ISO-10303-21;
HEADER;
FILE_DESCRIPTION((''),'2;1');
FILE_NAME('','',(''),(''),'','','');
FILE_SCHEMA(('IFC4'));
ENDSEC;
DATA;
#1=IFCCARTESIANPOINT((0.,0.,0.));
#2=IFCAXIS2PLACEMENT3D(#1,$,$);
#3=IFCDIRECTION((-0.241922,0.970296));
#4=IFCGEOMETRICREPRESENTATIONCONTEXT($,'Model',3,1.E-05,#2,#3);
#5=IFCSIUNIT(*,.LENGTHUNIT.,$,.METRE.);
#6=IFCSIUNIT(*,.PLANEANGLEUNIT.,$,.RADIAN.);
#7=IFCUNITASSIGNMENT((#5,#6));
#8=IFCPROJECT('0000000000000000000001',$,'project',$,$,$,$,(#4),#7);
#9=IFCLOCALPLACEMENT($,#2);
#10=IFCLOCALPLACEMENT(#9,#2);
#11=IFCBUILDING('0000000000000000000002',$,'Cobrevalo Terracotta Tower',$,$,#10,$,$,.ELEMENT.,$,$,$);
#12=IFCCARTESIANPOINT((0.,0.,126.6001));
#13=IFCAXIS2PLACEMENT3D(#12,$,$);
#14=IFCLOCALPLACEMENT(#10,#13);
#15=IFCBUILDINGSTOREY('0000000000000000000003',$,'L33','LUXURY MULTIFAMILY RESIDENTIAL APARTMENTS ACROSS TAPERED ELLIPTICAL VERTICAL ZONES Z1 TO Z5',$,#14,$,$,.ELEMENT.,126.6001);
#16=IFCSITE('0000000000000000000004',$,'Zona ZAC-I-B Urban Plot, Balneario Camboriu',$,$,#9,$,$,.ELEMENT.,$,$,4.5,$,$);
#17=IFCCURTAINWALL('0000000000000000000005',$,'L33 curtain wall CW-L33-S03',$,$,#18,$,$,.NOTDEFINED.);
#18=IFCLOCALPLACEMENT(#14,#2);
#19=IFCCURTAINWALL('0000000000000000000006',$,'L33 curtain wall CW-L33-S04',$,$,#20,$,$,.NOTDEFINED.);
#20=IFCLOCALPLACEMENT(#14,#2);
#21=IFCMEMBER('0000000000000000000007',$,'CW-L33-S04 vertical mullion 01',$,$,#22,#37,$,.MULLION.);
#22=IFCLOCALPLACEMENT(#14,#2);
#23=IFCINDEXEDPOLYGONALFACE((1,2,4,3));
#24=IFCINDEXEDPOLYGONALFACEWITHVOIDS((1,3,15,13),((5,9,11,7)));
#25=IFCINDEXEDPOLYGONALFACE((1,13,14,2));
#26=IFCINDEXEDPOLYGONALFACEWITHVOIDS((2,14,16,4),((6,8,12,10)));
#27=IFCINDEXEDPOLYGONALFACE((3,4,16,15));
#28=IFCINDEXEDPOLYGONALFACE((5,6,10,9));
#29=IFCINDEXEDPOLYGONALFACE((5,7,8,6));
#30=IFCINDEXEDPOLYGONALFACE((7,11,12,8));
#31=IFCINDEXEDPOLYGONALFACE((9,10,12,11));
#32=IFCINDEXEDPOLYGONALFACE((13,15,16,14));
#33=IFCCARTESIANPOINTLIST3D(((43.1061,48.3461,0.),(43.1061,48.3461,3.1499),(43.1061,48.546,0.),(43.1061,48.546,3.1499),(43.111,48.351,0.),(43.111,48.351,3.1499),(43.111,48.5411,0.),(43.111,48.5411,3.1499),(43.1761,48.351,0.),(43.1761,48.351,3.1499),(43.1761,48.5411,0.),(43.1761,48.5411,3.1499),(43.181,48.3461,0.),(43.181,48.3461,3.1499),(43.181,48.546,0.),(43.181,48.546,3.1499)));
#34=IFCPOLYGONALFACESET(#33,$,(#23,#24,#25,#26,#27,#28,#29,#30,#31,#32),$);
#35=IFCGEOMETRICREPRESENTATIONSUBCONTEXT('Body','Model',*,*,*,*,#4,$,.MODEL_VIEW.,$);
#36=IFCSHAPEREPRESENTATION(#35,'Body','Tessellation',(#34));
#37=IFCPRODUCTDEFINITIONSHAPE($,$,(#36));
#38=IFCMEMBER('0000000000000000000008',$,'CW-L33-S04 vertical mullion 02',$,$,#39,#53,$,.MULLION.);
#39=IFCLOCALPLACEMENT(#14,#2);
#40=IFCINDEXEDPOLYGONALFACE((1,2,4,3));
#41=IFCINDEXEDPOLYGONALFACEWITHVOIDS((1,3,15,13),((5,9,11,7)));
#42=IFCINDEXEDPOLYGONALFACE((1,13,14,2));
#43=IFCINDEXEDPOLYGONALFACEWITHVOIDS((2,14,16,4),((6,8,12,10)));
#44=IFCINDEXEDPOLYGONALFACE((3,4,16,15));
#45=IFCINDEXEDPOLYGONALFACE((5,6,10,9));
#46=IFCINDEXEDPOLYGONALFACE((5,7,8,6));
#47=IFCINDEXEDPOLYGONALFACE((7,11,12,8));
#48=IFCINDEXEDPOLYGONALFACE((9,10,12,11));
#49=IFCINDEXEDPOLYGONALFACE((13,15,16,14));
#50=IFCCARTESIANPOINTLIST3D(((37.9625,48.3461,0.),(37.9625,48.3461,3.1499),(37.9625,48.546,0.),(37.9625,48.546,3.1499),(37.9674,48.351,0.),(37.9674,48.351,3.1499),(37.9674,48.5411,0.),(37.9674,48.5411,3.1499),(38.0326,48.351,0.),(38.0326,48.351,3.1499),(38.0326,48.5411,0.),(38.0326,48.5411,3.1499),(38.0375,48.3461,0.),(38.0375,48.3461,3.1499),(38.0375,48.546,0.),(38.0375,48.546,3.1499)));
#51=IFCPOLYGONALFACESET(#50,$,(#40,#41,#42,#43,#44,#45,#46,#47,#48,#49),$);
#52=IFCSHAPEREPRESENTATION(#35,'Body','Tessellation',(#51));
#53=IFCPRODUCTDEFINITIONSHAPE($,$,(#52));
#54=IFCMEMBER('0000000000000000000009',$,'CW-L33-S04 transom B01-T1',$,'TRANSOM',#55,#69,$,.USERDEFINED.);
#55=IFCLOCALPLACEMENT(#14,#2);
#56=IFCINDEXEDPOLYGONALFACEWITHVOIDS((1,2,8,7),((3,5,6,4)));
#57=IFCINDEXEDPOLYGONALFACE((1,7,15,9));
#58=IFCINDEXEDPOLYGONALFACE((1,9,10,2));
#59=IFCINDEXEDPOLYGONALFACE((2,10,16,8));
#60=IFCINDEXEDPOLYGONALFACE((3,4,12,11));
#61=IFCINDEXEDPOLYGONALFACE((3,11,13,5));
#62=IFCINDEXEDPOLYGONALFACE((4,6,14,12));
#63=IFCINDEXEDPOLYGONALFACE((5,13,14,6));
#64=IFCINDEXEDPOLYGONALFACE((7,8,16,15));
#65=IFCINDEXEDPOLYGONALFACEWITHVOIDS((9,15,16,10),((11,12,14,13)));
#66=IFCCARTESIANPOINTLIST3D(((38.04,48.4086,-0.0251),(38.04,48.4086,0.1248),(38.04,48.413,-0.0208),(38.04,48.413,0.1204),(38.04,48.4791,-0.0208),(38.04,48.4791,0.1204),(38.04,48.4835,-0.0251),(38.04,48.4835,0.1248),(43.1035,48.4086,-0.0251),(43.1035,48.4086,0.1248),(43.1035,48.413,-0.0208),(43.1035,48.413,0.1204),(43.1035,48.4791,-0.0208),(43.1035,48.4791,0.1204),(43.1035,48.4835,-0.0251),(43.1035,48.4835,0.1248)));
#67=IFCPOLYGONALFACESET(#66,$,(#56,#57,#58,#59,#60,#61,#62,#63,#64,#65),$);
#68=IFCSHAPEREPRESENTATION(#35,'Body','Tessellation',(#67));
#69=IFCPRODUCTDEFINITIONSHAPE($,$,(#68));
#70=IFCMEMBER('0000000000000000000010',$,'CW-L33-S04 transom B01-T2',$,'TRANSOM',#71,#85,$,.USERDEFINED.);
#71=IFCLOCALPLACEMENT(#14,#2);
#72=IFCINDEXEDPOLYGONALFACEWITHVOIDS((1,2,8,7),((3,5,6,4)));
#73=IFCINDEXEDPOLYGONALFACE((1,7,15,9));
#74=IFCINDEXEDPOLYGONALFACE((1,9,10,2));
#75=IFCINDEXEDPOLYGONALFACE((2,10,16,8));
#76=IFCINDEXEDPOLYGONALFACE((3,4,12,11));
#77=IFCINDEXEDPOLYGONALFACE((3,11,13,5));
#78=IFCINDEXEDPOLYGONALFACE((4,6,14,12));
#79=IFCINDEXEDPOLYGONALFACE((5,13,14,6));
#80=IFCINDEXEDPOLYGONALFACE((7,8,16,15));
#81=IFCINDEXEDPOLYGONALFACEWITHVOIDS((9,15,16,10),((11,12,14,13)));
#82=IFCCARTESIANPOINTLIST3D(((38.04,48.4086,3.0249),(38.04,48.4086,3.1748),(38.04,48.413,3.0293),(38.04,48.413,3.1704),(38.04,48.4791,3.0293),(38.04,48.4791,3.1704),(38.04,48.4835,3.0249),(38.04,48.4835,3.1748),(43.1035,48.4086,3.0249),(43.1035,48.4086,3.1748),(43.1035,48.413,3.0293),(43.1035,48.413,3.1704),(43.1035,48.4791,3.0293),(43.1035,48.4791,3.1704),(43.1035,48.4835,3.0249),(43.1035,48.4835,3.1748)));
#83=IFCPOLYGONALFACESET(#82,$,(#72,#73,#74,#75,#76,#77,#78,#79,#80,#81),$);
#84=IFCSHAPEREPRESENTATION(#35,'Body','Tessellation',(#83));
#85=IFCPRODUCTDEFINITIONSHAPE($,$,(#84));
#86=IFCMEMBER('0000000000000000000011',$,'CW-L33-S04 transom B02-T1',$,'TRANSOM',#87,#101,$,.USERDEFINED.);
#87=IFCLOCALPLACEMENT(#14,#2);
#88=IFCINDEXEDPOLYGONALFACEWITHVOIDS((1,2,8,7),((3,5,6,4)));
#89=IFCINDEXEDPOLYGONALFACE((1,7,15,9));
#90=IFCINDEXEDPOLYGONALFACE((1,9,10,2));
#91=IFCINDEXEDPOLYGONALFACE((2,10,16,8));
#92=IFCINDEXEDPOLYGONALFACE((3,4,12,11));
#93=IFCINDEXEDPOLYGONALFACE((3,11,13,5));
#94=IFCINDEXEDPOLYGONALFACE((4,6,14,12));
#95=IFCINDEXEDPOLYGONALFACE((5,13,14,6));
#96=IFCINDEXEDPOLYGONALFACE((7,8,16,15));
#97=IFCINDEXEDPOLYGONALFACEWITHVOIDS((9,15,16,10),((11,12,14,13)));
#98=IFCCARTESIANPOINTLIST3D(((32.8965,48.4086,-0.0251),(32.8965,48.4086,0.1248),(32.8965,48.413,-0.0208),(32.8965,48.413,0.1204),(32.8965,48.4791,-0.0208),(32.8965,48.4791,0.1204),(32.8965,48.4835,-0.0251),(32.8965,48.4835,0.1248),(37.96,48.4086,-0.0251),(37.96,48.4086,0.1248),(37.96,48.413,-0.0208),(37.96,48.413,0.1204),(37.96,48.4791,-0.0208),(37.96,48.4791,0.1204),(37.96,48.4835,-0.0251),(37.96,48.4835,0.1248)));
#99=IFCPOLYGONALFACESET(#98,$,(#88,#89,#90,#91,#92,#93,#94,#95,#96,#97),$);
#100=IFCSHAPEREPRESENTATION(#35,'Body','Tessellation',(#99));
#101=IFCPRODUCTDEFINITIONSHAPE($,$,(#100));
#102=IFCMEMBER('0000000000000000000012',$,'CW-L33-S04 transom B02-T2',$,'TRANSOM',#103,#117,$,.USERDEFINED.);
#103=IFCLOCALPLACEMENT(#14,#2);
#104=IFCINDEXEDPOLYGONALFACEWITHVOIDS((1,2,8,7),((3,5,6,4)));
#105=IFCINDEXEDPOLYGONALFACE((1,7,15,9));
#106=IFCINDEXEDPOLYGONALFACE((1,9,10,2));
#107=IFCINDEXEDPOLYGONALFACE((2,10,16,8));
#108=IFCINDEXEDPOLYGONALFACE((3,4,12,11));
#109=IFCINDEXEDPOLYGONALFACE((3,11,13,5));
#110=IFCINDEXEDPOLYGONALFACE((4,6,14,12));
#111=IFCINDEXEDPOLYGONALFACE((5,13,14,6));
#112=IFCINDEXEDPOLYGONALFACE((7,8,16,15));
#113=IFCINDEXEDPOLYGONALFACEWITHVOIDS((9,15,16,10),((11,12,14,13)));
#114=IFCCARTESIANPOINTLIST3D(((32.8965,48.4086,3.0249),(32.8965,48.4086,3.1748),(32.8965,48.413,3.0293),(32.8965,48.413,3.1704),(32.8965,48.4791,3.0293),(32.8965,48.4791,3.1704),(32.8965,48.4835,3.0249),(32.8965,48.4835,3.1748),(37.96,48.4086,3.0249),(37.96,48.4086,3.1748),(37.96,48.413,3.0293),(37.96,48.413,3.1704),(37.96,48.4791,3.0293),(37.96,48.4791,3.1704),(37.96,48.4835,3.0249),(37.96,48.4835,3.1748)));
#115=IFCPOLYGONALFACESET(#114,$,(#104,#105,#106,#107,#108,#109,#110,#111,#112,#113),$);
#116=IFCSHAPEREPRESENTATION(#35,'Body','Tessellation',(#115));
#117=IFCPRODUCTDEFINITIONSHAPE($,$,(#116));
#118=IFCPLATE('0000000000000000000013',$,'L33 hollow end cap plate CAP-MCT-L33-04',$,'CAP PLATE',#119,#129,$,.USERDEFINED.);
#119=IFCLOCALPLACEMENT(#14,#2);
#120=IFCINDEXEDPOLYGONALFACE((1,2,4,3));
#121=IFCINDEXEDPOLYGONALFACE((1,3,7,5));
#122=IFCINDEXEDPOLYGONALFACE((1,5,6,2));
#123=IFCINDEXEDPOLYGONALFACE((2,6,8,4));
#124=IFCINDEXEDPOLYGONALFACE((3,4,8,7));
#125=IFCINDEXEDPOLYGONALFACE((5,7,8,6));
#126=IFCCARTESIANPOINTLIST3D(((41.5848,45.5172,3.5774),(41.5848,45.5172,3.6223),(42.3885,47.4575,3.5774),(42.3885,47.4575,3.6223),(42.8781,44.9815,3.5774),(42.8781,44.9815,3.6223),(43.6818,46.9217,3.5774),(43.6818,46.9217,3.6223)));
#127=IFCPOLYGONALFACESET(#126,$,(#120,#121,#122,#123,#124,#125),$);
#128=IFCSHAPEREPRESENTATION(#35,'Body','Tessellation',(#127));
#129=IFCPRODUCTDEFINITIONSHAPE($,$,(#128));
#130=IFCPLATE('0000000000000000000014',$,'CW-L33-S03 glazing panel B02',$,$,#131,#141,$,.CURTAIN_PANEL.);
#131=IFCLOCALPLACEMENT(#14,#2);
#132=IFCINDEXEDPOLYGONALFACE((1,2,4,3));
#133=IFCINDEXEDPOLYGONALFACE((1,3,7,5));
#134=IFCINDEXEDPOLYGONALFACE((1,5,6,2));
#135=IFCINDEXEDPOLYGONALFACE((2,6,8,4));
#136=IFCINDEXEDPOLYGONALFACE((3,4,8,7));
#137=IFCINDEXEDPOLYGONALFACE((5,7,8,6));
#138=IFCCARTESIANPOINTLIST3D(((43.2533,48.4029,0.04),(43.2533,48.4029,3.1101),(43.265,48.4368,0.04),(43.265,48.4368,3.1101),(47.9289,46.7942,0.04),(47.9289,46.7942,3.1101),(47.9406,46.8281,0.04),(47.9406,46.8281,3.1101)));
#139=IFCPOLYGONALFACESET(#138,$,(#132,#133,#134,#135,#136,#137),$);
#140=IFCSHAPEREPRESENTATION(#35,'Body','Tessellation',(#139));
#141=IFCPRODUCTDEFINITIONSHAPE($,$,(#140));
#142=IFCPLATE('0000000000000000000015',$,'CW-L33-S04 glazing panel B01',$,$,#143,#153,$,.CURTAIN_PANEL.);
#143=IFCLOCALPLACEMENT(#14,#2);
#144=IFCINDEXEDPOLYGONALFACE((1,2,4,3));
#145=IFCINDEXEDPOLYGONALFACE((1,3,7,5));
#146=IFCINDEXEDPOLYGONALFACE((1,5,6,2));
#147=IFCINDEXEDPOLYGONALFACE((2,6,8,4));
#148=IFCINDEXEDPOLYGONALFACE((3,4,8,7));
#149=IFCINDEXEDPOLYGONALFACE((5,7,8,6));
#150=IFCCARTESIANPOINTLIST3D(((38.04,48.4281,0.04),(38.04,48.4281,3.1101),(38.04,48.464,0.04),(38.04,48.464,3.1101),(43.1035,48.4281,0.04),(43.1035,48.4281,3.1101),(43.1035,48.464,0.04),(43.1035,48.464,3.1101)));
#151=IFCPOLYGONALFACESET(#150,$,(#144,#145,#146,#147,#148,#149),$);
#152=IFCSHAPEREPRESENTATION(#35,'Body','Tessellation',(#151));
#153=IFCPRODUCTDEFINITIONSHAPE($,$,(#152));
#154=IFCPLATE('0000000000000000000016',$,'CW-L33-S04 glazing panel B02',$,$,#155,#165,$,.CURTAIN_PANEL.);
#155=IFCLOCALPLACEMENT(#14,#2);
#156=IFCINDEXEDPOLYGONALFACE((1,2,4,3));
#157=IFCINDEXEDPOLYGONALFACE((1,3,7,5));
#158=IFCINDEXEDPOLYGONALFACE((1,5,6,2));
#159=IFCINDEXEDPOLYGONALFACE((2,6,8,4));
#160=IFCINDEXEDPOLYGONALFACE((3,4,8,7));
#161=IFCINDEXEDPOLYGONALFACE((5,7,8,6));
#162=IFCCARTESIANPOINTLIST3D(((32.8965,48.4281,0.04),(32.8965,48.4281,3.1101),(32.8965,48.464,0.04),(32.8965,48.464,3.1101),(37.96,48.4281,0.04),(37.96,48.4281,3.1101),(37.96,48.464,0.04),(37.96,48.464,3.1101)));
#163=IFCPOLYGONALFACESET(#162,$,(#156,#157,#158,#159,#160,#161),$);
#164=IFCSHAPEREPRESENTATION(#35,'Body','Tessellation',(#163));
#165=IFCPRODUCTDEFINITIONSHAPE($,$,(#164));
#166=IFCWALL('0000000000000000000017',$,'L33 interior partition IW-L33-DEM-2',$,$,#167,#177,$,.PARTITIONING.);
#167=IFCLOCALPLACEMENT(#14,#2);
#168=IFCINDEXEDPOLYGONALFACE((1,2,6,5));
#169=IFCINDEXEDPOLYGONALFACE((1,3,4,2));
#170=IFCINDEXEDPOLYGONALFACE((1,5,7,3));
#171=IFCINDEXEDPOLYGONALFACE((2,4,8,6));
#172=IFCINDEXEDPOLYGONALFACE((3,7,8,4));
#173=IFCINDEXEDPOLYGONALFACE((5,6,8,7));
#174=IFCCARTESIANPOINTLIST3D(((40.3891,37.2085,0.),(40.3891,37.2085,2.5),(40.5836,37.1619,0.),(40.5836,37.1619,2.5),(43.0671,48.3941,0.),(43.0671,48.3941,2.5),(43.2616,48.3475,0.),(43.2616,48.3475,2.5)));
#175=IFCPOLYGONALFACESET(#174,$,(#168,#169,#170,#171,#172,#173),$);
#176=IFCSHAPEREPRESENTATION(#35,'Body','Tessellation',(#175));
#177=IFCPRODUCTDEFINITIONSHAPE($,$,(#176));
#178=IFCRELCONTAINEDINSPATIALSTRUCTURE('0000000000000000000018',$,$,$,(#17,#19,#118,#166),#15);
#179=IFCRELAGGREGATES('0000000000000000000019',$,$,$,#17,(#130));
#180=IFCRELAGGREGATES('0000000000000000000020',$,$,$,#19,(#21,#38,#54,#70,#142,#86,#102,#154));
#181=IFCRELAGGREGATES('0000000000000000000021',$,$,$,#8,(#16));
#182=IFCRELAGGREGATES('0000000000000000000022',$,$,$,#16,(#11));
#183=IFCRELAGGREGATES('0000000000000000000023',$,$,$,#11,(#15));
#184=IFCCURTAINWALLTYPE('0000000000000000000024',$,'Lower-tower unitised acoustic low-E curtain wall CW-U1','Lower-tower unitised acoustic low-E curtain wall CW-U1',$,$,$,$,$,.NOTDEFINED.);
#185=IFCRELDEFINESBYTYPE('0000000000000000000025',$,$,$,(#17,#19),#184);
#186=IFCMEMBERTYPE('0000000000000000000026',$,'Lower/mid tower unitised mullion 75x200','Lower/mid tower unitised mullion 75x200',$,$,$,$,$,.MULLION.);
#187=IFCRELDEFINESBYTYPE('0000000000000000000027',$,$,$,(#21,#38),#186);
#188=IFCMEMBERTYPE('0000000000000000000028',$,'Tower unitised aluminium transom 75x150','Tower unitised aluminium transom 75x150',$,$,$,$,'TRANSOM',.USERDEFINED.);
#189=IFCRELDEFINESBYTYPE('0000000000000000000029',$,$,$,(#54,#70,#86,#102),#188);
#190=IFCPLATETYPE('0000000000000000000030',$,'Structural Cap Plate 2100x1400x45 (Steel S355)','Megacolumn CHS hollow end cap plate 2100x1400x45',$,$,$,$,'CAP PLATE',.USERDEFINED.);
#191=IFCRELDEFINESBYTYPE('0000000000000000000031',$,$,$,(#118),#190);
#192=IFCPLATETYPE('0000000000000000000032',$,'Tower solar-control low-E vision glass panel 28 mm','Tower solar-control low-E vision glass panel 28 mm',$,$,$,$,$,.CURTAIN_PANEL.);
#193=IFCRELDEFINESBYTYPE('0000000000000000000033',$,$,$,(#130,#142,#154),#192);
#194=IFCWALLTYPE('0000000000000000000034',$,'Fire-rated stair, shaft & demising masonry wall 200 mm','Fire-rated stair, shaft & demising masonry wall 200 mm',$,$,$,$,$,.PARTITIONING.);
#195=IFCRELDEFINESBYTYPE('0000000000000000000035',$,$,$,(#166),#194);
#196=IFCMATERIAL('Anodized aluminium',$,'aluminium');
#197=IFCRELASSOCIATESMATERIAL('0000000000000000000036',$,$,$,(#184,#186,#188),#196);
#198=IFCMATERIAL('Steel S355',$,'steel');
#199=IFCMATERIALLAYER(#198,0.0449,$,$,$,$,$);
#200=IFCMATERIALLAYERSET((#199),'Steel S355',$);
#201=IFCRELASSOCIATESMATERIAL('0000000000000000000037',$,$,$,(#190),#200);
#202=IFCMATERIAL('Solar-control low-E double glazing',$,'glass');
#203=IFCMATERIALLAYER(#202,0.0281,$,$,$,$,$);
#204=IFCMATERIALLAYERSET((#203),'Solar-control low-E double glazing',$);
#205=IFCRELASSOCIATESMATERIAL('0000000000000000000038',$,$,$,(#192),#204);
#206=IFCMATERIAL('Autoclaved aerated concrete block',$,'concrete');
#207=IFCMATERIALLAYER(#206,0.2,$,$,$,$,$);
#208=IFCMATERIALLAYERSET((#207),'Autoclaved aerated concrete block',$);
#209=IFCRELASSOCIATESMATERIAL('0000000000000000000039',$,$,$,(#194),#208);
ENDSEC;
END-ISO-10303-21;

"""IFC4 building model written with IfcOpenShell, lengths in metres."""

from ifc_helpers import new_model, si_unit, direction, frame, frame_2d, origin, origin_2d, place, context, subcontext, project, spatial, rectangle, hollow_rectangle, extrude, source, transform, mapped, material, layer, layer_set, material_profile, profile_set, type_object, element, aggregate, save


model = new_model("IFC4")

# Units and contexts
model_context = context("Model", 3, precision=1e-05, world=origin(), true_north=direction((-0.241922, 0.970296)))
body_context = subcontext(model_context, "Body", "Model", "MODEL_VIEW")
ifc_project = project(units=[si_unit("LENGTHUNIT", "METRE"), si_unit("PLANEANGLEUNIT", "RADIAN")], contexts=[model_context])

# Site, building, storey
site_placement = place(None, origin())
site = spatial("IfcSite", under=ifc_project, at=site_placement, Name="Zona ZAC-I-B Urban Plot, Balneario Camboriu", CompositionType="ELEMENT", RefElevation=4.5)
building_placement = place(site_placement, origin())
building = spatial("IfcBuilding", under=site, at=building_placement, Name="Cobrevalo Terracotta Tower", CompositionType="ELEMENT")
storey_placement = place(building_placement, frame((0.0, 0.0, 126.6001)))
storey = spatial("IfcBuildingStorey", under=building, at=storey_placement, Name="L33", Description="LUXURY MULTIFAMILY RESIDENTIAL APARTMENTS ACROSS TAPERED ELLIPTICAL VERTICAL ZONES Z1 TO Z5", CompositionType="ELEMENT", Elevation=126.6001)

# Shared definitions
ifc_material_1 = material(Name="Steel S355", Category="steel")

# Curtain wall
ifc_material_2 = material(Name="Anodized aluminium", Category="aluminium")
curtain_wall_type = type_object("IfcCurtainWallType", Name="Lower-tower unitised acoustic low-E curtain wall CW-U1", Description="Lower-tower unitised acoustic low-E curtain wall CW-U1", PredefinedType="NOTDEFINED", material=ifc_material_2)
curtain_wall_1_placement = place(storey_placement, origin())
curtain_wall_1 = element("IfcCurtainWall", 1, at=curtain_wall_1_placement, inside=storey, type_object=curtain_wall_type, Name="L33 curtain wall CW-L33-S03", PredefinedType="NOTDEFINED")
ifc_material_profile_1 = material_profile(ifc_material_2, hollow_rectangle(XDim=0.075, YDim=0.2, WallThickness=0.0049, at=origin_2d()), Name="CWM 75x200")
ifc_profile_set_1 = profile_set([ifc_material_profile_1], Name="Anodized aluminium")
member_type_1 = type_object("IfcMemberType", Name="Lower/mid tower unitised mullion 75x200", Description="Lower/mid tower unitised mullion 75x200", PredefinedType="MULLION", material=ifc_profile_set_1)
shared_shape_1 = source(origin(), body_context, "Body", "SweptSolid", [
    extrude(hollow_rectangle(XDim=0.075, YDim=0.2, WallThickness=0.0049, at=origin_2d()), origin(), (0.0, 0.0, 1.0), 3.1499),
])

# Curtain wall, members
curtain_wall_2_placement = place(storey_placement, origin())
curtain_wall_2 = element("IfcCurtainWall", 2, at=curtain_wall_2_placement, inside=storey, type_object=curtain_wall_type, Name="L33 curtain wall CW-L33-S04", PredefinedType="NOTDEFINED")
member_1_placement = place(storey_placement, frame((43.1436, 48.446, 0.0), z_axis=(0.0, 0.0, 1.0), x_axis=(-1.0, 0.0, 0.0)))
member_1 = element("IfcMember", 3, at=member_1_placement, type_object=member_type_1, Name="CW-L33-S04 vertical mullion 01", PredefinedType="MULLION", context=body_context, shape_type="MappedRepresentation", body=[
    mapped(shared_shape_1, transform((0.0, 0.0, 0.0), scale=1.0)),
])
member_2_placement = place(storey_placement, frame((38.0, 48.446, 0.0), z_axis=(0.0, 0.0, 1.0), x_axis=(-1.0, 0.0, 0.0)))
member_2 = element("IfcMember", 4, at=member_2_placement, type_object=member_type_1, Name="CW-L33-S04 vertical mullion 02", PredefinedType="MULLION", context=body_context, shape_type="MappedRepresentation", body=[
    mapped(shared_shape_1, transform((0.0, 0.0, 0.0), scale=1.0)),
])
ifc_material_profile_2 = material_profile(ifc_material_2, hollow_rectangle(XDim=0.075, YDim=0.1499, WallThickness=0.0044, at=origin_2d()), Name="CWT 75x150")
ifc_profile_set_2 = profile_set([ifc_material_profile_2], Name="Anodized aluminium")
member_type_2 = type_object("IfcMemberType", Name="Tower unitised aluminium transom 75x150", Description="Tower unitised aluminium transom 75x150", ElementType="TRANSOM", PredefinedType="USERDEFINED", material=ifc_profile_set_2)
shared_shape_2 = source(origin(), body_context, "Body", "SweptSolid", [
    extrude(hollow_rectangle(XDim=0.075, YDim=0.1499, WallThickness=0.0044, at=origin_2d()), origin(), (0.0, 0.0, 1.0), 5.0635),
])
member_3_placement = place(storey_placement, frame((43.1035, 48.446, 0.0498), z_axis=(-1.0, 0.0, 0.0), x_axis=(0.0, -1.0, 0.0)))
member_3 = element("IfcMember", 5, at=member_3_placement, type_object=member_type_2, Name="CW-L33-S04 transom B01-T1", ObjectType="TRANSOM", PredefinedType="USERDEFINED", context=body_context, shape_type="MappedRepresentation", body=[
    mapped(shared_shape_2, transform((0.0, 0.0, 0.0), scale=1.0)),
])
member_4_placement = place(storey_placement, frame((43.1035, 48.446, 3.0999), z_axis=(-1.0, 0.0, 0.0), x_axis=(0.0, -1.0, 0.0)))
member_4 = element("IfcMember", 6, at=member_4_placement, type_object=member_type_2, Name="CW-L33-S04 transom B01-T2", ObjectType="TRANSOM", PredefinedType="USERDEFINED", context=body_context, shape_type="MappedRepresentation", body=[
    mapped(shared_shape_2, transform((0.0, 0.0, 0.0), scale=1.0)),
])
member_5_placement = place(storey_placement, frame((37.96, 48.446, 0.0498), z_axis=(-1.0, 0.0, 0.0), x_axis=(0.0, -1.0, 0.0)))
member_5 = element("IfcMember", 7, at=member_5_placement, type_object=member_type_2, Name="CW-L33-S04 transom B02-T1", ObjectType="TRANSOM", PredefinedType="USERDEFINED", context=body_context, shape_type="MappedRepresentation", body=[
    mapped(shared_shape_2, transform((0.0, 0.0, 0.0), scale=1.0)),
])
member_6_placement = place(storey_placement, frame((37.96, 48.446, 3.0999), z_axis=(-1.0, 0.0, 0.0), x_axis=(0.0, -1.0, 0.0)))
member_6 = element("IfcMember", 8, at=member_6_placement, type_object=member_type_2, Name="CW-L33-S04 transom B02-T2", ObjectType="TRANSOM", PredefinedType="USERDEFINED", context=body_context, shape_type="MappedRepresentation", body=[
    mapped(shared_shape_2, transform((0.0, 0.0, 0.0), scale=1.0)),
])

# Plates
ifc_layer_1 = layer(ifc_material_1, 0.0449)
ifc_layer_set_1 = layer_set([ifc_layer_1], Name="Steel S355")
plate_type_1 = type_object("IfcPlateType", Name="Structural Cap Plate 2100x1400x45 (Steel S355)", Description="Megacolumn CHS hollow end cap plate 2100x1400x45", ElementType="CAP PLATE", PredefinedType="USERDEFINED", material=ifc_layer_set_1)
shared_shape_3 = source(origin(), body_context, "Body", "SweptSolid", [
    extrude(rectangle(XDim=2.1001, YDim=1.3999, at=origin_2d()), origin(), (0.0, 0.0, 1.0), 0.0449),
])
plate_1_placement = place(storey_placement, frame((42.6333, 46.2195, 3.5774), z_axis=(0.0, 0.0, 1.0), x_axis=(0.382683, 0.92388, 0.0)))
element("IfcPlate", 9, at=plate_1_placement, inside=storey, type_object=plate_type_1, Name="L33 hollow end cap plate CAP-MCT-L33-04", ObjectType="CAP PLATE", PredefinedType="USERDEFINED", context=body_context, shape_type="MappedRepresentation", body=[
    mapped(shared_shape_3, transform((0.0, 0.0, 0.0), scale=1.0)),
])
ifc_material_3 = material(Name="Solar-control low-E double glazing", Category="glass")
ifc_layer_2 = layer(ifc_material_3, 0.0281)
ifc_layer_set_2 = layer_set([ifc_layer_2], Name="Solar-control low-E double glazing")
plate_type_2 = type_object("IfcPlateType", Name="Tower solar-control low-E vision glass panel 28 mm", Description="Tower solar-control low-E vision glass panel 28 mm", PredefinedType="CURTAIN_PANEL", material=ifc_layer_set_2)
shared_shape_4 = source(origin(), body_context, "Body", "SweptSolid", [
    extrude(rectangle(XDim=4.9446, YDim=0.0359, at=origin_2d()), origin(), (0.0, 0.0, 1.0), 3.0701),
])
plate_2_placement = place(storey_placement, frame((45.5969, 47.6155, 0.04), z_axis=(0.0, 0.0, 1.0), x_axis=(-0.945596, 0.325342, 0.0)))
plate_2 = element("IfcPlate", 10, at=plate_2_placement, type_object=plate_type_2, Name="CW-L33-S03 glazing panel B02", PredefinedType="CURTAIN_PANEL", context=body_context, shape_type="MappedRepresentation", body=[
    mapped(shared_shape_4, transform((0.0, 0.0, 0.0), scale=1.0)),
])
aggregate(curtain_wall_1, [plate_2])
shared_shape_5 = source(origin(), body_context, "Body", "SweptSolid", [
    extrude(rectangle(XDim=5.0635, YDim=0.0359, at=origin_2d()), origin(), (0.0, 0.0, 1.0), 3.0701),
])
plate_3_placement = place(storey_placement, frame((40.5718, 48.446, 0.04), z_axis=(0.0, 0.0, 1.0), x_axis=(-1.0, 0.0, 0.0)))
plate_3 = element("IfcPlate", 11, at=plate_3_placement, type_object=plate_type_2, Name="CW-L33-S04 glazing panel B01", PredefinedType="CURTAIN_PANEL", context=body_context, shape_type="MappedRepresentation", body=[
    mapped(shared_shape_5, transform((0.0, 0.0, 0.0), scale=1.0)),
])
plate_4_placement = place(storey_placement, frame((35.4282, 48.446, 0.04), z_axis=(0.0, 0.0, 1.0), x_axis=(-1.0, 0.0, 0.0)))
plate_4 = element("IfcPlate", 12, at=plate_4_placement, type_object=plate_type_2, Name="CW-L33-S04 glazing panel B02", PredefinedType="CURTAIN_PANEL", context=body_context, shape_type="MappedRepresentation", body=[
    mapped(shared_shape_5, transform((0.0, 0.0, 0.0), scale=1.0)),
])
aggregate(curtain_wall_2, [member_1, member_2, member_3, member_4, plate_3, member_5, member_6, plate_4])

# Wall
ifc_material_4 = material(Name="Autoclaved aerated concrete block", Category="concrete")
ifc_layer_3 = layer(ifc_material_4, 0.2)
ifc_layer_set_3 = layer_set([ifc_layer_3], Name="Autoclaved aerated concrete block")
wall_type_1 = type_object("IfcWallType", Name="Fire-rated stair, shaft & demising masonry wall 200 mm", Description="Fire-rated stair, shaft & demising masonry wall 200 mm", PredefinedType="PARTITIONING", material=ifc_layer_set_3)
wall_1_placement = place(storey_placement, frame((40.4863, 37.1851, 0.0), z_axis=(0.0, 0.0, 1.0), x_axis=(0.232834, 0.972516, 0.0)))
element("IfcWall", 13, at=wall_1_placement, inside=storey, type_object=wall_type_1, Name="L33 interior partition IW-L33-DEM-2", PredefinedType="PARTITIONING", context=body_context, shape_type="SweptSolid", body=[
    extrude(rectangle(XDim=11.5017, YDim=0.2, at=frame_2d((5.751, 0.0))), origin(), (0.0, 0.0, 1.0), 2.5),
])

save(model, "model.ifc")
